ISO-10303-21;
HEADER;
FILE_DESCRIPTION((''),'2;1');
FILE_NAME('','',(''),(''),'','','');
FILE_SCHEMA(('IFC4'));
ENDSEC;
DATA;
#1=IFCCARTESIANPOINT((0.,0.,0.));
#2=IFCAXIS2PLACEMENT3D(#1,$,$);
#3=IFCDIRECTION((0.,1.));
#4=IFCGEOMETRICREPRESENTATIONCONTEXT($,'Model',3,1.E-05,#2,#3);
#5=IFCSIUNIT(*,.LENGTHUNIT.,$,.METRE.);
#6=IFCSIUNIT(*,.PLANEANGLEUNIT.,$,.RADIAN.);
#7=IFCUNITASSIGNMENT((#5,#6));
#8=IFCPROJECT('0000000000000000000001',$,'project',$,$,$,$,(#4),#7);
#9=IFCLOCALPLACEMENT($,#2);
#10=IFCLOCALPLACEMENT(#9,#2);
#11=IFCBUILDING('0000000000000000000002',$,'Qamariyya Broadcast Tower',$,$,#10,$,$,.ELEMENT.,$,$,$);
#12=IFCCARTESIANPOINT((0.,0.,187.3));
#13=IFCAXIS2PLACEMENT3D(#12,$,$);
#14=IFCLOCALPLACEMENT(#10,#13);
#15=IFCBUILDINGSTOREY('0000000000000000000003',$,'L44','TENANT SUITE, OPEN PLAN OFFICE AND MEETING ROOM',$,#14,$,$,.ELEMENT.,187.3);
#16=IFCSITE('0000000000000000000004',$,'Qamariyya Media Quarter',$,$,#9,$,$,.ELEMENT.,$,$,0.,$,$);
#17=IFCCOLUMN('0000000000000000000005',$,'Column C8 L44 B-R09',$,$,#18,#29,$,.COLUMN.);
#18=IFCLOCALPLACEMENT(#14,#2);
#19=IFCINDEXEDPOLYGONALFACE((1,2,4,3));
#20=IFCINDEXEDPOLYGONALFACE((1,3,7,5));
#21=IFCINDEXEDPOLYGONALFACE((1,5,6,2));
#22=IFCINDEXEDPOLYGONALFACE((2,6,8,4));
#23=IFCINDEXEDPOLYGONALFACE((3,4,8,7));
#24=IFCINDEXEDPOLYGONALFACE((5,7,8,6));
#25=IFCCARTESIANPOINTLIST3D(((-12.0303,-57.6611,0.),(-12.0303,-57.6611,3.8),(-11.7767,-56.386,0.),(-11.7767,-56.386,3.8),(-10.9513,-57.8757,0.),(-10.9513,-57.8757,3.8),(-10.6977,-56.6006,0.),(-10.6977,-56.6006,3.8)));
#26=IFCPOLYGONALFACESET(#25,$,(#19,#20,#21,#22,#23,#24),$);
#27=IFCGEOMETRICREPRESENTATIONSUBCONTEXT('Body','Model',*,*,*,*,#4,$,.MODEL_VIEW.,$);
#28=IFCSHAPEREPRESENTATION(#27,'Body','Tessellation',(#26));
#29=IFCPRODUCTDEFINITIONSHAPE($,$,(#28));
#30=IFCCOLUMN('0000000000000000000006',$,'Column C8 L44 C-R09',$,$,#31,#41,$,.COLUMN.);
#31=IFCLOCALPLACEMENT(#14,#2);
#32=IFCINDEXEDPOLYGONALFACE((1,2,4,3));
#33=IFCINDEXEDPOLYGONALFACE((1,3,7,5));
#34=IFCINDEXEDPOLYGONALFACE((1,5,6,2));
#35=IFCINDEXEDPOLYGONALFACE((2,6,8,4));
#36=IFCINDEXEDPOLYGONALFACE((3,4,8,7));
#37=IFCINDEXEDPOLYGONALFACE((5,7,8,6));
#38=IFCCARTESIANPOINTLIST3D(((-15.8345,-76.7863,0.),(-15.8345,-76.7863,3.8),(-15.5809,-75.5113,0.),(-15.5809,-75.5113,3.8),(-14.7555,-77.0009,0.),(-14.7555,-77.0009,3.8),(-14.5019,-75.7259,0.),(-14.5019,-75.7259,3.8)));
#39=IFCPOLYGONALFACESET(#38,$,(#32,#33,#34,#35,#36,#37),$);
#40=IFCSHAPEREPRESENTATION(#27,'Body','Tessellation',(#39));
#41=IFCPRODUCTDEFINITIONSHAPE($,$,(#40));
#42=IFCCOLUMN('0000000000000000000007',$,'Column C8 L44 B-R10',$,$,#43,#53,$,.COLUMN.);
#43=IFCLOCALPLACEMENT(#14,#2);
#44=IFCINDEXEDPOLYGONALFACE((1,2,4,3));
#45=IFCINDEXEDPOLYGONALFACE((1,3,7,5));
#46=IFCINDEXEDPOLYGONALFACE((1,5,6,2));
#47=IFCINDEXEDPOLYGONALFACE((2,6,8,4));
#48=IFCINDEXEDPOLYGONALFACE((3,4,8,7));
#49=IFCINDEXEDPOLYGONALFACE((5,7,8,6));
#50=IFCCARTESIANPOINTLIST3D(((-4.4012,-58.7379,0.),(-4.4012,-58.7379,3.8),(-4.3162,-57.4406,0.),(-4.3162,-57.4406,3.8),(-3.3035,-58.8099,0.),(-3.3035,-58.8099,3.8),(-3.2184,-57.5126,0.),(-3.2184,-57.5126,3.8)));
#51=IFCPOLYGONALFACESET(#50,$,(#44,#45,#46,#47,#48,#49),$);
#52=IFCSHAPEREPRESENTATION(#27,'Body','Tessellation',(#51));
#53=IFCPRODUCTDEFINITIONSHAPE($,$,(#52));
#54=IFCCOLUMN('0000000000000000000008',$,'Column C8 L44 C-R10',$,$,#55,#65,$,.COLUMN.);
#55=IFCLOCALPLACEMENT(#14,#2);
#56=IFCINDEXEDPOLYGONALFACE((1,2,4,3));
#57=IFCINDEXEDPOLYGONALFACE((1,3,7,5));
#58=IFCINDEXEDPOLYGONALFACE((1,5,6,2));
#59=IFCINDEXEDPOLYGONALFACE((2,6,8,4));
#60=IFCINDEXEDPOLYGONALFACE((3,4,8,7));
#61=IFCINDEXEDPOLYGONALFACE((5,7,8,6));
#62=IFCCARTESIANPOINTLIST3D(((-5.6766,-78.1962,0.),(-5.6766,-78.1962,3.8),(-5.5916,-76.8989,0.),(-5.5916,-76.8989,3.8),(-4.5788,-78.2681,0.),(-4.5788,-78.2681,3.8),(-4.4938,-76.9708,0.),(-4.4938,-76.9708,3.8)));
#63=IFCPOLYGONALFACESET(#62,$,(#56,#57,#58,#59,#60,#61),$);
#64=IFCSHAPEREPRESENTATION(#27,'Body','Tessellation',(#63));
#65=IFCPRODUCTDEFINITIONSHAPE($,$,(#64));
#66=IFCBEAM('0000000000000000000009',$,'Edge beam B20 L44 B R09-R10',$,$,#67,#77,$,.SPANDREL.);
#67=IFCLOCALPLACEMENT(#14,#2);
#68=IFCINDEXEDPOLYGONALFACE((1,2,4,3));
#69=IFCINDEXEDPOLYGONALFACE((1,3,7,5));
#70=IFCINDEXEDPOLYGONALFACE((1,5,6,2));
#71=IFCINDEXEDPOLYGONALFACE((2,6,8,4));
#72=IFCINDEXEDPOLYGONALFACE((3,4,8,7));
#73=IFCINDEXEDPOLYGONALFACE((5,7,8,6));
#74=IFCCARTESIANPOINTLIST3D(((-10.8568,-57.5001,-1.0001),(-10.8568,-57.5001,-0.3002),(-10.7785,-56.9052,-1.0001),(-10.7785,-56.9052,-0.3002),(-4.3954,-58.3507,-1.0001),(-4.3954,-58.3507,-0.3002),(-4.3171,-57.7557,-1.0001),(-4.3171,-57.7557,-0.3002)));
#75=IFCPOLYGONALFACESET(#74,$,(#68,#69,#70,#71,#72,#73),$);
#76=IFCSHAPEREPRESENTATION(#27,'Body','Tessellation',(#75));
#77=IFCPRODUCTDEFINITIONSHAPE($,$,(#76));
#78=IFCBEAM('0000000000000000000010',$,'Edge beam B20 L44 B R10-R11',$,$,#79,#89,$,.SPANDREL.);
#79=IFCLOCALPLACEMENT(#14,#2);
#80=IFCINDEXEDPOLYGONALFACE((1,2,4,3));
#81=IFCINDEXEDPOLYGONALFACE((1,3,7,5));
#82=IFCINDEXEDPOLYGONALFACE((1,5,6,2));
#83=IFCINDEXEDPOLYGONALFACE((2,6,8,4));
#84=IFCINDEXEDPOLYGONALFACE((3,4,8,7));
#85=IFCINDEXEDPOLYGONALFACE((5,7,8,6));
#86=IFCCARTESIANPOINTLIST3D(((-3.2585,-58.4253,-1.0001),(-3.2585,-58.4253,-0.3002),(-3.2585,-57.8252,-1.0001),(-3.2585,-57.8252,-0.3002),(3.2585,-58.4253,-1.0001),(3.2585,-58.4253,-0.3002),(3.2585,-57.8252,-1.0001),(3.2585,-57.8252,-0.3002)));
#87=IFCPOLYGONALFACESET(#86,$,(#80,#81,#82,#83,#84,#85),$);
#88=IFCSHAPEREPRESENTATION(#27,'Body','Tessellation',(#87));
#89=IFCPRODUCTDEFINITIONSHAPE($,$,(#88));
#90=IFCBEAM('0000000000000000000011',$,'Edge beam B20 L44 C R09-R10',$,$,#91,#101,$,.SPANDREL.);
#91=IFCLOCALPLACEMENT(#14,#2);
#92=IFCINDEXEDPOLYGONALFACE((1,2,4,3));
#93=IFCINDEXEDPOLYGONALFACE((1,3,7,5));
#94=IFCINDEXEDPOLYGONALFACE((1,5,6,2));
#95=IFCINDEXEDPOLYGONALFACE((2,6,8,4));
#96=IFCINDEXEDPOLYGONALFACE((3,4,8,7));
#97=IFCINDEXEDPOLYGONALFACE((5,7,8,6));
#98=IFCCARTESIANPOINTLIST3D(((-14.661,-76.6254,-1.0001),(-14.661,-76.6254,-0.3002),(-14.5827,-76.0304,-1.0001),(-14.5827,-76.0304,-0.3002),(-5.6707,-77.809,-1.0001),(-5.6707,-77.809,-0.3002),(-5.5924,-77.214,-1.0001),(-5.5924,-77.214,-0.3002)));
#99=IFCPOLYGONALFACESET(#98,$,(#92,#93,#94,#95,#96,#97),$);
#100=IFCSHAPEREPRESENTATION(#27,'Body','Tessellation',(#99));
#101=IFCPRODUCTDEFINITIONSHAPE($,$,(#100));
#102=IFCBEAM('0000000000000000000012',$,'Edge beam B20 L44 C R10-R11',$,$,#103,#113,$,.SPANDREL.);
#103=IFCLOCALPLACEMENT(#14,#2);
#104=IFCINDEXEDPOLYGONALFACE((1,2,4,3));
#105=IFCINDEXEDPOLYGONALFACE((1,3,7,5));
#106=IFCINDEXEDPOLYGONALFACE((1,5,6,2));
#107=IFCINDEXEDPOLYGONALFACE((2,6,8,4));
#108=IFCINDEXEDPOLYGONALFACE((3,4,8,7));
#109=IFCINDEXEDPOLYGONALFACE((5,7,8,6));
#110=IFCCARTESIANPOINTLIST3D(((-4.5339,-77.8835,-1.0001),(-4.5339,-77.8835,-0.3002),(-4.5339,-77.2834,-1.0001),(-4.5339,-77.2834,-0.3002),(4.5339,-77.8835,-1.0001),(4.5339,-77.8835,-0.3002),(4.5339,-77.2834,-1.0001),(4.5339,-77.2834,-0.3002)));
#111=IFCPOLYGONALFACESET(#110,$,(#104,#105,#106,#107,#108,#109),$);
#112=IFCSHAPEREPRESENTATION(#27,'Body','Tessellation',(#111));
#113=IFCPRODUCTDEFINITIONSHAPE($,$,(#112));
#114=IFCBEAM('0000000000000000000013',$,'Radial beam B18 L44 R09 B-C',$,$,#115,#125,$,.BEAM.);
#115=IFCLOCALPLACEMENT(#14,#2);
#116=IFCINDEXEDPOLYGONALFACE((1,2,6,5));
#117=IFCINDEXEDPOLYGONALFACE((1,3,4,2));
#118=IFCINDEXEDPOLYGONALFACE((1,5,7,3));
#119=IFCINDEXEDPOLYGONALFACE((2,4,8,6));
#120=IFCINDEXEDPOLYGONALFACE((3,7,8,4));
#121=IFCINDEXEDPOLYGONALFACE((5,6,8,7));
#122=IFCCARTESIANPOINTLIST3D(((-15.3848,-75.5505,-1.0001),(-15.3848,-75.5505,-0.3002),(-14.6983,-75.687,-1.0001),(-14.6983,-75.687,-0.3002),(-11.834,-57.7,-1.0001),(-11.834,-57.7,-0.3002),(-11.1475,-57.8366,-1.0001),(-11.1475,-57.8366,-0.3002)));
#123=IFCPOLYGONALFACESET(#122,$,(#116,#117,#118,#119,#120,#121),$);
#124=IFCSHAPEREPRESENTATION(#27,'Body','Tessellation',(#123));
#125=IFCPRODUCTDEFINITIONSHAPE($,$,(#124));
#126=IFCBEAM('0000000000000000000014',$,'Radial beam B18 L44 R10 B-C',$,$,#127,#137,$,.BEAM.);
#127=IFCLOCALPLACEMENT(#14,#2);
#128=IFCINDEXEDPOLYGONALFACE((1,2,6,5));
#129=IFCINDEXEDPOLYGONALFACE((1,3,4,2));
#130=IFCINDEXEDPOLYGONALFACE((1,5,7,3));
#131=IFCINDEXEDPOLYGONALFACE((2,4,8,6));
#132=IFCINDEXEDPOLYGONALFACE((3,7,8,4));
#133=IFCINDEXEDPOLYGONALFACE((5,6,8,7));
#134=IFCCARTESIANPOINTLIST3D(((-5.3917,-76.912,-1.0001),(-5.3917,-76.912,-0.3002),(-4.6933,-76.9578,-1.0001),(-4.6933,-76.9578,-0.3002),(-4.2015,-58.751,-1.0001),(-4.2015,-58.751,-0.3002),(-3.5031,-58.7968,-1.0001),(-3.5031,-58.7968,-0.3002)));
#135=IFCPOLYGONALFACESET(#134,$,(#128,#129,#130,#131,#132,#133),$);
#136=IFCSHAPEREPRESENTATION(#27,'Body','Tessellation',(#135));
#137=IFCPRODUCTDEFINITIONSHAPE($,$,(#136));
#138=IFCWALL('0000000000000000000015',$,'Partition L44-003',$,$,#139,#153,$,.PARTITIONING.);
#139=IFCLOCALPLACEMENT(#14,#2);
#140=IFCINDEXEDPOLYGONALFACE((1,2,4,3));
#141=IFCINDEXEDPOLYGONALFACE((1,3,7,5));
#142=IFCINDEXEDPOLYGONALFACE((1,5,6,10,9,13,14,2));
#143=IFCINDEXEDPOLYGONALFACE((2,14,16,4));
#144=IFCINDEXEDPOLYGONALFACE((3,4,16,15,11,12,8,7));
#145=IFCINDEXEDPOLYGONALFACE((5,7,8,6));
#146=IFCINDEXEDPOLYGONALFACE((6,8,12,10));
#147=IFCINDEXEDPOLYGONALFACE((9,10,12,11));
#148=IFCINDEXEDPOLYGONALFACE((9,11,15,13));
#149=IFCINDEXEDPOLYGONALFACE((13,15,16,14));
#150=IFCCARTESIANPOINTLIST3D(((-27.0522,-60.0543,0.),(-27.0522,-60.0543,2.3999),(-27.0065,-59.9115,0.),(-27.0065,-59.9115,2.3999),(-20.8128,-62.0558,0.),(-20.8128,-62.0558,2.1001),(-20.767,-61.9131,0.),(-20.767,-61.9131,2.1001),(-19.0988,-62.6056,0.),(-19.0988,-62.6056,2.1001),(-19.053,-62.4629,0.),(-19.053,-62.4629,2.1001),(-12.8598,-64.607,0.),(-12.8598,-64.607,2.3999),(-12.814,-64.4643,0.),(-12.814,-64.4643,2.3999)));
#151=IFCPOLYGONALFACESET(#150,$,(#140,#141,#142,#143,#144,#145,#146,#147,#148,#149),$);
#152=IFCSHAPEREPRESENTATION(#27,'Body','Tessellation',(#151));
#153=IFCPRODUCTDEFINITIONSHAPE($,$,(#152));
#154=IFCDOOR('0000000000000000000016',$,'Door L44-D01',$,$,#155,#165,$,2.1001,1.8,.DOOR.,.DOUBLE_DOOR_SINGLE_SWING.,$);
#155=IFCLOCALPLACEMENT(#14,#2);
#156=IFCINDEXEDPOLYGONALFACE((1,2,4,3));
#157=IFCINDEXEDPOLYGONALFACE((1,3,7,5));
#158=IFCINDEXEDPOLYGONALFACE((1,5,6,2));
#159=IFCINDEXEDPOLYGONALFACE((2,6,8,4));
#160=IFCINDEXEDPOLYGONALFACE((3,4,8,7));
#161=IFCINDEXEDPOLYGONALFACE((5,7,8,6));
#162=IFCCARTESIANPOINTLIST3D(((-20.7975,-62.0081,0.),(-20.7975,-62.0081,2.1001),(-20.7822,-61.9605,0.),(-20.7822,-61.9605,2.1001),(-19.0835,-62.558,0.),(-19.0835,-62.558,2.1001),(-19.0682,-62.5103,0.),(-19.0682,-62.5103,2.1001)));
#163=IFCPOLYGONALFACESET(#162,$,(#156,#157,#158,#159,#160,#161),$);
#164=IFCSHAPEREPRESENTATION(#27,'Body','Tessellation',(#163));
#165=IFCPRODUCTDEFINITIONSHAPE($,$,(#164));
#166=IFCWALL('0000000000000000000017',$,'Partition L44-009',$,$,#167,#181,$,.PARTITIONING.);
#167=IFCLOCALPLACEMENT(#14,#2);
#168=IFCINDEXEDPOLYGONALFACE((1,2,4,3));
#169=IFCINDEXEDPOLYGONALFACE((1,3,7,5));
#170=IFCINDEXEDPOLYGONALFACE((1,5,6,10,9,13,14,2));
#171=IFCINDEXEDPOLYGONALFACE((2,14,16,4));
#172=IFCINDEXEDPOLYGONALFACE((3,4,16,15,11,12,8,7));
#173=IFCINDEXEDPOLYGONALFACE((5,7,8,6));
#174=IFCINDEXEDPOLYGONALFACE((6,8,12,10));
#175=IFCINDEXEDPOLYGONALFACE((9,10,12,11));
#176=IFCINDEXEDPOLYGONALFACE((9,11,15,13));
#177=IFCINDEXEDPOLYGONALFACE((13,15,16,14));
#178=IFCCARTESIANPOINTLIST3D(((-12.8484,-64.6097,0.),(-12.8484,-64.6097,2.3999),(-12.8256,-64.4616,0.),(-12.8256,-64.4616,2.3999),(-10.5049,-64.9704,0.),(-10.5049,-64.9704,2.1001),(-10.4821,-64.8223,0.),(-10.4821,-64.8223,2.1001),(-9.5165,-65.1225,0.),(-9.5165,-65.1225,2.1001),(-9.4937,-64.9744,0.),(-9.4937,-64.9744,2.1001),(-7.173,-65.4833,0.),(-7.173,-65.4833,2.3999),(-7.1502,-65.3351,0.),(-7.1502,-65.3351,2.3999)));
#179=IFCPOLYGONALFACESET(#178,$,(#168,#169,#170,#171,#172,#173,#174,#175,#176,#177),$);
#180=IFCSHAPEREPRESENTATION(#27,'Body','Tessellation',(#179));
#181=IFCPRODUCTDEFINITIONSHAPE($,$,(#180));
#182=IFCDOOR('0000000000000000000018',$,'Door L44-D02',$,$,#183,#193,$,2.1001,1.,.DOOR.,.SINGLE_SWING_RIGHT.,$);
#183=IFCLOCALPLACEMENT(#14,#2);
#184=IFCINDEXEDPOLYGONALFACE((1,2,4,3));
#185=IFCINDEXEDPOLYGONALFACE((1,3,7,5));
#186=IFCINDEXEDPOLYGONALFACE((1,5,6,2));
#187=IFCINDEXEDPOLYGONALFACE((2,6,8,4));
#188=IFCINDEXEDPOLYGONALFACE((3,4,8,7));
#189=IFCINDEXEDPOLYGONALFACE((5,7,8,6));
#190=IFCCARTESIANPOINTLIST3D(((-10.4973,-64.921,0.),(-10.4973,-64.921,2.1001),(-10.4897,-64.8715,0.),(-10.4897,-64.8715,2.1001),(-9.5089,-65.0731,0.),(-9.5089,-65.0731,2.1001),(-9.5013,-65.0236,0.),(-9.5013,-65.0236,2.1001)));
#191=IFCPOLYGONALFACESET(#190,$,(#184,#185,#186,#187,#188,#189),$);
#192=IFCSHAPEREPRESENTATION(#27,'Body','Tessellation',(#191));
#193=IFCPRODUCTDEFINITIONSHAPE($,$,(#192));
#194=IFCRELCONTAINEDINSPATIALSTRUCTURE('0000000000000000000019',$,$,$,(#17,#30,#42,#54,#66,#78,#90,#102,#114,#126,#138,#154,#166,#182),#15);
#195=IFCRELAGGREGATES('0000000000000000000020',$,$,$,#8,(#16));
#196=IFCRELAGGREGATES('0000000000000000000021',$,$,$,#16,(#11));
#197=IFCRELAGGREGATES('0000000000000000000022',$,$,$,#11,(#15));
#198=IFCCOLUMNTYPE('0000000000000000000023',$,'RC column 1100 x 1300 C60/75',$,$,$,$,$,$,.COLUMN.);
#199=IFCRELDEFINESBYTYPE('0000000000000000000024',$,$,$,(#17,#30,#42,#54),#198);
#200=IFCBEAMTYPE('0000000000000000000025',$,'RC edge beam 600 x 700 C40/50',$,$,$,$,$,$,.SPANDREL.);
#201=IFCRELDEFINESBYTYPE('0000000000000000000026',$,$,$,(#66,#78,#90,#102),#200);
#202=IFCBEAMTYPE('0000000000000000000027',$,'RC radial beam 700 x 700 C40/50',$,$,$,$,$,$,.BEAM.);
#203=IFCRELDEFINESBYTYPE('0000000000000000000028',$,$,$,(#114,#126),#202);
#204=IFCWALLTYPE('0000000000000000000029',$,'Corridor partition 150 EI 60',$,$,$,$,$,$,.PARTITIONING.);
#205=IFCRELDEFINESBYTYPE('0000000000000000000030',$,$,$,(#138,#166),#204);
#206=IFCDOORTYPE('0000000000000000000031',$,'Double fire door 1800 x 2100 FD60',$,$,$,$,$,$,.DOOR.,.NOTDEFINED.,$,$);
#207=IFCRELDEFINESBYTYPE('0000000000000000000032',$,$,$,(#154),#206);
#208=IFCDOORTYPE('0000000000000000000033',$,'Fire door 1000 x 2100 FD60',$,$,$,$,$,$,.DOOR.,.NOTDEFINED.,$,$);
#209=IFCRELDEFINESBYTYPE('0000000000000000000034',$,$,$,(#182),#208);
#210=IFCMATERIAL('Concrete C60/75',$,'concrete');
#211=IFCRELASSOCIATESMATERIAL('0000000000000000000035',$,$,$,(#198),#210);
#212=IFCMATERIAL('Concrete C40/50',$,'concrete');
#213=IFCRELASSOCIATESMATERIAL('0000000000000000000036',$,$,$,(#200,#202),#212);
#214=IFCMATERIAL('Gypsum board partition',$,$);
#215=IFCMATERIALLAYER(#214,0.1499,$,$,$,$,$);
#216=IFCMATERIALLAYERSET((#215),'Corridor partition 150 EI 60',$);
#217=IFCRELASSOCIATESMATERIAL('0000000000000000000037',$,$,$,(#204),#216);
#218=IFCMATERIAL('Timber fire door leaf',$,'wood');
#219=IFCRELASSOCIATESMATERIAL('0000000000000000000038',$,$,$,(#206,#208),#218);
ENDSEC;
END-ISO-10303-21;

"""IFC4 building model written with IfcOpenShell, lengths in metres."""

from ifc_helpers import new_model, si_unit, direction, frame, frame_2d, origin, origin_2d, place, context, subcontext, project, spatial, rectangle, extrude, material, layer, layer_set, material_profile, profile_set, type_object, element, fill, save


model = new_model("IFC4")

# Units and contexts
model_context = context("Model", 3, precision=1e-05, world=origin(), true_north=direction((0.0, 1.0)))
body_context = subcontext(model_context, "Body", "Model", "MODEL_VIEW")
ifc_project = project(units=[si_unit("LENGTHUNIT", "METRE"), si_unit("PLANEANGLEUNIT", "RADIAN")], contexts=[model_context])

# Site, building, storey
site_placement = place(None, origin())
site = spatial("IfcSite", under=ifc_project, at=site_placement, Name="Qamariyya Media Quarter", CompositionType="ELEMENT", RefElevation=0.0)
building_placement = place(site_placement, origin())
building = spatial("IfcBuilding", under=site, at=building_placement, Name="Qamariyya Broadcast Tower", CompositionType="ELEMENT")
storey_placement = place(building_placement, frame((0.0, 0.0, 187.3)))
storey = spatial("IfcBuildingStorey", under=building, at=storey_placement, Name="L44", Description="TENANT SUITE, OPEN PLAN OFFICE AND MEETING ROOM", CompositionType="ELEMENT", Elevation=187.3)

# Columns
ifc_material_1 = material(Name="Concrete C60/75", Category="concrete")
ifc_material_profile_1 = material_profile(ifc_material_1, rectangle(XDim=1.1001, YDim=1.3, at=origin_2d()))
ifc_profile_set_1 = profile_set([ifc_material_profile_1], Name="Concrete C60/75")
column_type = type_object("IfcColumnType", Name="RC column 1100 x 1300 C60/75", PredefinedType="COLUMN", material=ifc_profile_set_1)
for number, where, z_axis, x_axis, name in (
    (1, (-11.364, -57.1309, 0.0), (0.0, 0.0, 1.0), (0.980785, -0.19509, 0.0), "Column C8 L44 B-R09"),
    (2, (-15.1682, -76.2561, 0.0), (0.0, 0.0, 1.0), (0.980785, -0.19509, 0.0), "Column C8 L44 C-R09"),
    (3, (-3.8098, -58.1252, 0.0), (0.0, 0.0, 1.0), (0.997859, -0.065403, 0.0), "Column C8 L44 B-R10"),
    (4, (-5.0852, -77.5835, 0.0), (0.0, 0.0, 1.0), (0.997859, -0.065403, 0.0), "Column C8 L44 C-R10"),
):
    element("IfcColumn", number, at=place(storey_placement, frame(where, z_axis=z_axis, x_axis=x_axis)), inside=storey, type_object=column_type, Name=name, PredefinedType="COLUMN", context=body_context, shape_type="SweptSolid", body=[
        extrude(rectangle(XDim=1.1001, YDim=1.3, at=origin_2d()), origin(), (0.0, 0.0, 1.0), 3.8),
    ])

# Beams
ifc_material_2 = material(Name="Concrete C40/50", Category="concrete")
ifc_material_profile_2 = material_profile(ifc_material_2, rectangle(XDim=0.6001, YDim=0.7, at=origin_2d()))
ifc_profile_set_2 = profile_set([ifc_material_profile_2], Name="Concrete C40/50")
beam_type_1 = type_object("IfcBeamType", Name="RC edge beam 600 x 700 C40/50", PredefinedType="SPANDREL", material=ifc_profile_set_2)
for number, where, z_axis, x_axis, name in (
    (5, (-10.8176, -57.2026, -0.6501), (0.991446, -0.130515, 0.0), (0.130515, 0.991446, 0.0), "Edge beam B20 L44 B R09-R10"),
    (6, (-3.2585, -58.1252, -0.6501), (1.0, 0.0, 0.0), (0.0, 1.0, 0.0), "Edge beam B20 L44 B R10-R11"),
):
    element("IfcBeam", number, at=place(storey_placement, frame(where, z_axis=z_axis, x_axis=x_axis)), inside=storey, type_object=beam_type_1, Name=name, PredefinedType="SPANDREL", context=body_context, shape_type="SweptSolid", body=[
        extrude(rectangle(XDim=0.6001, YDim=0.7, at=origin_2d()), origin(), (0.0, 0.0, 1.0), 6.5171),
    ])
for number, where, z_axis, x_axis, name in (
    (7, (-14.6218, -76.3279, -0.6501), (0.991445, -0.130527, 0.0), (0.130527, 0.991445, 0.0), "Edge beam B20 L44 C R09-R10"),
    (8, (-4.5339, -77.5835, -0.6501), (1.0, 0.0, 0.0), (0.0, 1.0, 0.0), "Edge beam B20 L44 C R10-R11"),
):
    element("IfcBeam", number, at=place(storey_placement, frame(where, z_axis=z_axis, x_axis=x_axis)), inside=storey, type_object=beam_type_1, Name=name, PredefinedType="SPANDREL", context=body_context, shape_type="SweptSolid", body=[
        extrude(rectangle(XDim=0.6001, YDim=0.7, at=origin_2d()), origin(), (0.0, 0.0, 1.0), 9.0679),
    ])
ifc_material_profile_3 = material_profile(ifc_material_2, rectangle(XDim=0.7, YDim=0.7, at=origin_2d()))
ifc_profile_set_3 = profile_set([ifc_material_profile_3], Name="Concrete C40/50")
beam_type_2 = type_object("IfcBeamType", Name="RC radial beam 700 x 700 C40/50", PredefinedType="BEAM", material=ifc_profile_set_3)
beam_1_placement = place(storey_placement, frame((-11.4907, -57.7683, -0.6501), z_axis=(-0.195097, -0.980784, 0.0), x_axis=(0.980784, -0.195097, 0.0)))
element("IfcBeam", 9, at=beam_1_placement, inside=storey, type_object=beam_type_2, Name="Radial beam B18 L44 R09 B-C", PredefinedType="BEAM", context=body_context, shape_type="SweptSolid", body=[
    extrude(rectangle(XDim=0.7, YDim=0.7, at=origin_2d()), origin(), (0.0, 0.0, 1.0), 18.2002),
])
beam_2_placement = place(storey_placement, frame((-3.8523, -58.7739, -0.6501), z_axis=(-0.065395, -0.997859, 0.0), x_axis=(0.997859, -0.065395, 0.0)))
element("IfcBeam", 10, at=beam_2_placement, inside=storey, type_object=beam_type_2, Name="Radial beam B18 L44 R10 B-C", PredefinedType="BEAM", context=body_context, shape_type="SweptSolid", body=[
    extrude(rectangle(XDim=0.7, YDim=0.7, at=origin_2d()), origin(), (0.0, 0.0, 1.0), 18.2),
])

# Walls, openings, doors
ifc_material_3 = material(Name="Gypsum board partition")
ifc_layer_1 = layer(ifc_material_3, 0.1499)
ifc_layer_set_1 = layer_set([ifc_layer_1], Name="Corridor partition 150 EI 60")
wall_type_1 = type_object("IfcWallType", Name="Corridor partition 150 EI 60", PredefinedType="PARTITIONING", material=ifc_layer_set_1)
wall_1_placement = place(storey_placement, frame((-12.8369, -64.5356, 0.0), z_axis=(0.0, 0.0, 1.0), x_axis=(-0.952206, 0.305456, 0.0)))
wall_1 = element("IfcWall", 11, at=wall_1_placement, inside=storey, type_object=wall_type_1, Name="Partition L44-003", PredefinedType="PARTITIONING", context=body_context, shape_type="SweptSolid", body=[
    extrude(rectangle(XDim=14.9048, YDim=0.1499, at=frame_2d((7.4524, 0.0))), origin(), (0.0, 0.0, 1.0), 2.3999),
])
opening_1_placement = place(wall_1_placement, frame((6.5522, 0.0, 0.0)))
opening_1 = element("IfcOpeningElement", 12, at=opening_1_placement, cuts=wall_1, PredefinedType="OPENING", context=body_context, shape_type="SweptSolid", body=[
    extrude(rectangle(XDim=1.8, YDim=2.1001, at=frame_2d((0.8999, 1.05))), frame((0.0, 0.085, 0.0), z_axis=(0.0, -1.0, 0.0), x_axis=(1.0, 0.0, 0.0)), (0.0, 0.0, 1.0), 0.1699),
])
ifc_material_4 = material(Name="Timber fire door leaf", Category="wood")
door_type_1 = type_object("IfcDoorType", Name="Double fire door 1800 x 2100 FD60", OperationType="NOTDEFINED", PredefinedType="DOOR", material=ifc_material_4)
door_1_placement = place(opening_1_placement, origin())
door_1 = element("IfcDoor", 13, at=door_1_placement, inside=storey, type_object=door_type_1, Name="Door L44-D01", OperationType="DOUBLE_DOOR_SINGLE_SWING", OverallHeight=2.1001, OverallWidth=1.8, PredefinedType="DOOR", context=body_context, shape_type="SweptSolid", body=[
    extrude(rectangle(XDim=1.8, YDim=2.1001, at=frame_2d((0.8999, 1.05))), frame((0.0, 0.0249, 0.0), z_axis=(0.0, -1.0, 0.0), x_axis=(1.0, 0.0, 0.0)), (0.0, 0.0, 1.0), 0.05),
])
fill(opening_1, door_1)
wall_2_placement = place(storey_placement, frame((-7.1616, -65.4092, 0.0), z_axis=(0.0, 0.0, 1.0), x_axis=(-0.988361, 0.152127, 0.0)))
wall_2 = element("IfcWall", 14, at=wall_2_placement, inside=storey, type_object=wall_type_1, Name="Partition L44-009", PredefinedType="PARTITIONING", context=body_context, shape_type="SweptSolid", body=[
    extrude(rectangle(XDim=5.7422, YDim=0.1499, at=frame_2d((2.8711, 0.0))), origin(), (0.0, 0.0, 1.0), 2.3999),
])
opening_2_placement = place(wall_2_placement, frame((2.3711, 0.0, 0.0)))
opening_2 = element("IfcOpeningElement", 15, at=opening_2_placement, cuts=wall_2, PredefinedType="OPENING", context=body_context, shape_type="SweptSolid", body=[
    extrude(rectangle(XDim=1.0, YDim=2.1001, at=frame_2d((0.5, 1.05))), frame((0.0, 0.085, 0.0), z_axis=(0.0, -1.0, 0.0), x_axis=(1.0, 0.0, 0.0)), (0.0, 0.0, 1.0), 0.1699),
])
door_type_2 = type_object("IfcDoorType", Name="Fire door 1000 x 2100 FD60", OperationType="NOTDEFINED", PredefinedType="DOOR", material=ifc_material_4)
door_2_placement = place(opening_2_placement, origin())
door_2 = element("IfcDoor", 16, at=door_2_placement, inside=storey, type_object=door_type_2, Name="Door L44-D02", OperationType="SINGLE_SWING_RIGHT", OverallHeight=2.1001, OverallWidth=1.0, PredefinedType="DOOR", context=body_context, shape_type="SweptSolid", body=[
    extrude(rectangle(XDim=1.0, YDim=2.1001, at=frame_2d((0.5, 1.05))), frame((0.0, 0.0249, 0.0), z_axis=(0.0, -1.0, 0.0), x_axis=(1.0, 0.0, 0.0)), (0.0, 0.0, 1.0), 0.05),
])
fill(opening_2, door_2)

save(model, "model.ifc")
